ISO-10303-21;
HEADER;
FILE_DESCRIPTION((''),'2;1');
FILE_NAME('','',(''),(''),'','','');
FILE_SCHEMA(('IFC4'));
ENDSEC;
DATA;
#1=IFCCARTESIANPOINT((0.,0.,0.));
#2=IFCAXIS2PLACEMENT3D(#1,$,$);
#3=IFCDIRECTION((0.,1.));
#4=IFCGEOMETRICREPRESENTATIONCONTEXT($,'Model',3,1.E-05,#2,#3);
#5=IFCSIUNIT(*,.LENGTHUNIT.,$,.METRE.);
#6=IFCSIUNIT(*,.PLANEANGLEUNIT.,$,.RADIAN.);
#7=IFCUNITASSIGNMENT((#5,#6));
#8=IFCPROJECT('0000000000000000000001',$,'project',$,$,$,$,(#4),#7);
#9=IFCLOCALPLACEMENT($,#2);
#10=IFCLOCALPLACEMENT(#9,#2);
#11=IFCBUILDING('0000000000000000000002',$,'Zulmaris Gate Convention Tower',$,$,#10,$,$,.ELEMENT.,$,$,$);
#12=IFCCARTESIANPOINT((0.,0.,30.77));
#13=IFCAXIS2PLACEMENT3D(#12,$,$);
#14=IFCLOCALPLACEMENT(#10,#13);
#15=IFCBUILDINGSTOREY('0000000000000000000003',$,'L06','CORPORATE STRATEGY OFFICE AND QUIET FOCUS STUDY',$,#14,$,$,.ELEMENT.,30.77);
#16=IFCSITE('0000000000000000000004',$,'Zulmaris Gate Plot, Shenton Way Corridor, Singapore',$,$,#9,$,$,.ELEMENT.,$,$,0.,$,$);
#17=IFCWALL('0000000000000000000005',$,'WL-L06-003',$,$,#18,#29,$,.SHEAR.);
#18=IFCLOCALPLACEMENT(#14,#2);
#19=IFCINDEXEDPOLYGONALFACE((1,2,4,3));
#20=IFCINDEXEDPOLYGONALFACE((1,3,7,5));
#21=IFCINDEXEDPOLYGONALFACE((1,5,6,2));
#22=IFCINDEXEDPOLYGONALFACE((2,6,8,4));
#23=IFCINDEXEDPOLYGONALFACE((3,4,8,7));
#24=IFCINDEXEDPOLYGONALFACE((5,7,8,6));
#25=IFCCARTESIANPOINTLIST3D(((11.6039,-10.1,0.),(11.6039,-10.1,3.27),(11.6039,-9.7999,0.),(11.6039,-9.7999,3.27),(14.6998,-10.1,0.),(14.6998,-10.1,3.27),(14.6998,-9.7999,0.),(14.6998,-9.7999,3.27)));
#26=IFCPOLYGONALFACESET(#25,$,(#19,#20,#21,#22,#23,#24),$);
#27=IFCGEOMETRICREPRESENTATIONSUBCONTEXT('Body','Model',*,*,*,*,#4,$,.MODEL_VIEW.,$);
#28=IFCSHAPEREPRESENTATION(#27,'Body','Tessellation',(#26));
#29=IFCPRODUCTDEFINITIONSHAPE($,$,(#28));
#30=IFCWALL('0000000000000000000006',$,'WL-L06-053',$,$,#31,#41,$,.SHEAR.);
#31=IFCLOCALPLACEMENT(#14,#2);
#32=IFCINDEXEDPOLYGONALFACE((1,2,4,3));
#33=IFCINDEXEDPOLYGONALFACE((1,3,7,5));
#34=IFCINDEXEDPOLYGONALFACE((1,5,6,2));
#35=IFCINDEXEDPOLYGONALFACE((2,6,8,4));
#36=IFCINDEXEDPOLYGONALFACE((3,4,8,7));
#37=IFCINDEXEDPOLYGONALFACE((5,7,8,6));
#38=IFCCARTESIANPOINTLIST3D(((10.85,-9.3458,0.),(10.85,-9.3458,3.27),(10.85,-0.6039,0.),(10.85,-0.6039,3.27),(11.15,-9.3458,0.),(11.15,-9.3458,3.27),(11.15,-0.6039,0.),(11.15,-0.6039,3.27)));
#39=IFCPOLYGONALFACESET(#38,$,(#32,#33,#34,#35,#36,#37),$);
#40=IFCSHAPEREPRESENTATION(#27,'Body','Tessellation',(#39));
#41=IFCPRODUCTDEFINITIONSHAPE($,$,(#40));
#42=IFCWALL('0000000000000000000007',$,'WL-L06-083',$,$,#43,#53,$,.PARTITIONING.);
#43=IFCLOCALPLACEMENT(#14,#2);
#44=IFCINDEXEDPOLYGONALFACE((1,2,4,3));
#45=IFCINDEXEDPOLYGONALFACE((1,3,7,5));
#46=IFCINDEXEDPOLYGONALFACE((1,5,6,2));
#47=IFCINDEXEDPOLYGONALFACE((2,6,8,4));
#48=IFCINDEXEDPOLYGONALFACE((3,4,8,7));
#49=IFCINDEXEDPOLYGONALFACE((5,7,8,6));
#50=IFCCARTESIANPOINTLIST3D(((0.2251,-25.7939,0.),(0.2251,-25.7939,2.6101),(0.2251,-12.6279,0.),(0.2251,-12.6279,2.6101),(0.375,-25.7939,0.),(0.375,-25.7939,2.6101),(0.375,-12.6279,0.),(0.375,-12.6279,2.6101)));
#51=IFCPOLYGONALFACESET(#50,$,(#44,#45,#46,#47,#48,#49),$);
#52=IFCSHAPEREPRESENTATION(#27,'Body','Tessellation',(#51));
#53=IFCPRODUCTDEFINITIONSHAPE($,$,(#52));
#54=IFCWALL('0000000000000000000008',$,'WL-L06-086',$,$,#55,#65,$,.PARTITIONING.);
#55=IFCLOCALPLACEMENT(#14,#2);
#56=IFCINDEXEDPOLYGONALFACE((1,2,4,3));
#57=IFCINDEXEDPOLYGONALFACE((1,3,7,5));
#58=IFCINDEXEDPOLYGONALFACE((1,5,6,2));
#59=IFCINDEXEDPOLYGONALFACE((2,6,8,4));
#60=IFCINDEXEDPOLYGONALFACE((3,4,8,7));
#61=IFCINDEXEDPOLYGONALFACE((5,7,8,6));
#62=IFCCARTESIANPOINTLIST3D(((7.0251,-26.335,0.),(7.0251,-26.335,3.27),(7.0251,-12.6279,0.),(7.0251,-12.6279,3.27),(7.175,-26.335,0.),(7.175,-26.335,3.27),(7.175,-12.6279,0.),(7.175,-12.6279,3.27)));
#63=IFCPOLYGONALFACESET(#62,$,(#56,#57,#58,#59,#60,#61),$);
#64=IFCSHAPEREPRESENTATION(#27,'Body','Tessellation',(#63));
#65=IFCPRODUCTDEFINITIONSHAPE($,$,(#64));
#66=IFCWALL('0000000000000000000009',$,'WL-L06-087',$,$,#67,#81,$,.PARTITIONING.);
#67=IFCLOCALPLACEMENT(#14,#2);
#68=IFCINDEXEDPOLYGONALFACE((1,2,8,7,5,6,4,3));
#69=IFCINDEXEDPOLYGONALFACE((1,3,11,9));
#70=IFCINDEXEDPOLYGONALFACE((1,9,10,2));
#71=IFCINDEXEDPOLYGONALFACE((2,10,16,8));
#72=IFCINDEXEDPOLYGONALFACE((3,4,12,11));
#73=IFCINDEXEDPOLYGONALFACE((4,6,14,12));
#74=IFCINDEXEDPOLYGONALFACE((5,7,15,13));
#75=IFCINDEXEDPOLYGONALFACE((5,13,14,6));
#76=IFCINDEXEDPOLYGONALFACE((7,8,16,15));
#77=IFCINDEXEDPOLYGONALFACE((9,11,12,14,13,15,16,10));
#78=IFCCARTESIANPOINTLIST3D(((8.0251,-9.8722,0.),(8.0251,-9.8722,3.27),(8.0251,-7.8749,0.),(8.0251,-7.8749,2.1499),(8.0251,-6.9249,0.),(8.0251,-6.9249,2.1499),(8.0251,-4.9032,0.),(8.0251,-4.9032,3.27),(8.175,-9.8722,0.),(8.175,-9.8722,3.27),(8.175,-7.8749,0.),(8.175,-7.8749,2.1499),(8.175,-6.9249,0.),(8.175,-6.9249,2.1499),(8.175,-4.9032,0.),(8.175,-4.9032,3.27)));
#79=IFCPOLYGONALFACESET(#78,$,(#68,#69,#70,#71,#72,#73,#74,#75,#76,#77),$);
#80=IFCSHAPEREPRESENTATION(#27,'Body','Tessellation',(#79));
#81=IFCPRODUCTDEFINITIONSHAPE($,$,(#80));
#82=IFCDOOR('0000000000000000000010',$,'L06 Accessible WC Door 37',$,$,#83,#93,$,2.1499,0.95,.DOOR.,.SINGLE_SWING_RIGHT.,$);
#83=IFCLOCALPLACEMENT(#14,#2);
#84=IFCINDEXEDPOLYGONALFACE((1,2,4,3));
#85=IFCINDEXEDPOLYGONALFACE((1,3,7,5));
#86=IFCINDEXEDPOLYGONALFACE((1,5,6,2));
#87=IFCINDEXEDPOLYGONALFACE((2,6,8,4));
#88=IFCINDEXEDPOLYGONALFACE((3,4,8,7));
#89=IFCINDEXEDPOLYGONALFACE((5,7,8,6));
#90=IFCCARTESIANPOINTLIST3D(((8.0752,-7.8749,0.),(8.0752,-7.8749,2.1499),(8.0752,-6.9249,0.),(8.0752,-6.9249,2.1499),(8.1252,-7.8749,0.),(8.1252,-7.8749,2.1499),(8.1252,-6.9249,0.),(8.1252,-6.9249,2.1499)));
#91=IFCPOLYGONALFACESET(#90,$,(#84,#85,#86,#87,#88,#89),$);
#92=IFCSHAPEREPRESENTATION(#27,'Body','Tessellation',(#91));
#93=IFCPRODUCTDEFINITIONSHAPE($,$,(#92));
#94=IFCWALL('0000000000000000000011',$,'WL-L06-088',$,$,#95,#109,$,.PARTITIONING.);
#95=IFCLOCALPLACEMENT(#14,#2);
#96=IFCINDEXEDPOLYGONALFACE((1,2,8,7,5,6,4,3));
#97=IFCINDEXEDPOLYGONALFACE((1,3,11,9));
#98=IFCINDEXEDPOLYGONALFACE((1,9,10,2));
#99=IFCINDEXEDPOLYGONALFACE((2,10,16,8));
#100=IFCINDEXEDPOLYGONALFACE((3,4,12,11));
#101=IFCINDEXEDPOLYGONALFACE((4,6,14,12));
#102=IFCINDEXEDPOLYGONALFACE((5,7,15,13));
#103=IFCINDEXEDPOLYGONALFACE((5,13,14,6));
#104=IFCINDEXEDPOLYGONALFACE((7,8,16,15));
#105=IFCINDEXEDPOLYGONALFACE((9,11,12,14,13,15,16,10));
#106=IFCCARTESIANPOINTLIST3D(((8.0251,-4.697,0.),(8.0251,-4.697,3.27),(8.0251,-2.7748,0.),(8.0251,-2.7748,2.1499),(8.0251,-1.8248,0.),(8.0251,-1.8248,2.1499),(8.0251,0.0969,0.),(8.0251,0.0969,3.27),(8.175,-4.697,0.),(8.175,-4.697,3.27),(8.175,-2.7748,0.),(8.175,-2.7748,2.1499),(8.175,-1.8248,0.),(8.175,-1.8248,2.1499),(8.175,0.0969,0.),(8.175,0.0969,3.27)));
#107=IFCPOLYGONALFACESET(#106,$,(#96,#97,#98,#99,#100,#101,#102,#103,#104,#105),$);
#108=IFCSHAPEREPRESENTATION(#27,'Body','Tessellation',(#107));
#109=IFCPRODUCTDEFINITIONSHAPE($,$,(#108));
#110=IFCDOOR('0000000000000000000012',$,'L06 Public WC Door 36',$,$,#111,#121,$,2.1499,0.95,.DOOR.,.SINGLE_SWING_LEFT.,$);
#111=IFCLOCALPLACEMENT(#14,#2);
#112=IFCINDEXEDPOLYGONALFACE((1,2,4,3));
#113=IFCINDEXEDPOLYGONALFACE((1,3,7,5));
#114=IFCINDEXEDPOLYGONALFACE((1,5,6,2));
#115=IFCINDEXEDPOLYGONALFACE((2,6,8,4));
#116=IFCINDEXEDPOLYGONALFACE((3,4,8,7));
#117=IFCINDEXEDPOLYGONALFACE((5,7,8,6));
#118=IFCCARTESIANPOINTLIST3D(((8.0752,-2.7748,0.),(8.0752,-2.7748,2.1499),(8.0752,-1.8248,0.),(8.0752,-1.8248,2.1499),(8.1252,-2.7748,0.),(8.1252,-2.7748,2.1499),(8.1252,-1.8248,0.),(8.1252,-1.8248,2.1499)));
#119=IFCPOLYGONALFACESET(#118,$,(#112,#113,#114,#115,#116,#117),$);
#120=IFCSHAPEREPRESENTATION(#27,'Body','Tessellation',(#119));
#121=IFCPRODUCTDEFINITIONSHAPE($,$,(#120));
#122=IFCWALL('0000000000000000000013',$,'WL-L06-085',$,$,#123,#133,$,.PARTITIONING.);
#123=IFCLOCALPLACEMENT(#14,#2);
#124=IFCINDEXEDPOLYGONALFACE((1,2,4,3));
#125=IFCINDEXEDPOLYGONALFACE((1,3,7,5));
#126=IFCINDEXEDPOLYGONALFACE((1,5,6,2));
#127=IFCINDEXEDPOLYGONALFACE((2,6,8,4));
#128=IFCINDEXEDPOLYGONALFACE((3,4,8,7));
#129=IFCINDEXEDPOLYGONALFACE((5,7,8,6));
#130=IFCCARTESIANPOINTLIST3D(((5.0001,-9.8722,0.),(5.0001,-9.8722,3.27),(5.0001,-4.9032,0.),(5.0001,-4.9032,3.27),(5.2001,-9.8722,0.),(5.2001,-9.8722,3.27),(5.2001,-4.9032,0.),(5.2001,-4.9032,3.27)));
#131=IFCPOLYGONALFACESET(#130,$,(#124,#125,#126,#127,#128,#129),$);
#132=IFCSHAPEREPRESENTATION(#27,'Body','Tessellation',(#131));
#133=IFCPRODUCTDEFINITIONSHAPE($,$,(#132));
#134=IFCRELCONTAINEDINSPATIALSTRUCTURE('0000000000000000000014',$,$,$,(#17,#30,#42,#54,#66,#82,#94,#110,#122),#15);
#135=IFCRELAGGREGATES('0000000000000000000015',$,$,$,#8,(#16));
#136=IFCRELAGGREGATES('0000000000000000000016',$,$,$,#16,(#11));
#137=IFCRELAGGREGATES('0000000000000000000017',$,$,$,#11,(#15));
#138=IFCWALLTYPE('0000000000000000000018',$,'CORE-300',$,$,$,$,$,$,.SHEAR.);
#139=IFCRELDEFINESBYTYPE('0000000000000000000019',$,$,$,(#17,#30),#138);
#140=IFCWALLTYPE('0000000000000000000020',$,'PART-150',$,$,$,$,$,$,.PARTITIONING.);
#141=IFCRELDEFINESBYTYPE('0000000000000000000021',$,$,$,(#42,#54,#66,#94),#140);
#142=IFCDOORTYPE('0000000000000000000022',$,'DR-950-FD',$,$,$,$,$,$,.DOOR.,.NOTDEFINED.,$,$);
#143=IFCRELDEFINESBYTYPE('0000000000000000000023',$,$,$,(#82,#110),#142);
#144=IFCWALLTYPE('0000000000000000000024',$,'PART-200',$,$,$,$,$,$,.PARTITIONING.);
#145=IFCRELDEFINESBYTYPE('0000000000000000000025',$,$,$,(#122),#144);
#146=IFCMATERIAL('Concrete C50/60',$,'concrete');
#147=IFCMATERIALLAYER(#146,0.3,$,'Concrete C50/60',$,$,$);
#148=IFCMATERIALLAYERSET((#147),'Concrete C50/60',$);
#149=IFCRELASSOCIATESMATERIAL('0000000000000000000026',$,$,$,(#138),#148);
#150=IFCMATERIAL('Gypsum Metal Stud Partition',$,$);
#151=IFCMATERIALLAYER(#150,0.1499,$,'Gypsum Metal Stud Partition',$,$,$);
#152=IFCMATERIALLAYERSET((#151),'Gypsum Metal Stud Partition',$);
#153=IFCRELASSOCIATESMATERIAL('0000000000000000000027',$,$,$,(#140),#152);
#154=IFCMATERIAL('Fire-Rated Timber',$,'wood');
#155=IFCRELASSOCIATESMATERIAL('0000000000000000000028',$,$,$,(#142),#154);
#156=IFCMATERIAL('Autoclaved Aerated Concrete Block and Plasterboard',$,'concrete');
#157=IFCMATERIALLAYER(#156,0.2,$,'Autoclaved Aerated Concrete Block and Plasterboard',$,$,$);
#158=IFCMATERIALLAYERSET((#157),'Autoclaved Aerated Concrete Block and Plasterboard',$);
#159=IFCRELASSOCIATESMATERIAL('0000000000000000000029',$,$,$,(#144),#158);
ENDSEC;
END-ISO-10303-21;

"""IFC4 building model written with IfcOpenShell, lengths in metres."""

from ifc_helpers import new_model, si_unit, direction, frame, frame_2d, origin, place, context, subcontext, project, spatial, rectangle, extrude, material, layer, layer_set, type_object, element, fill, save


model = new_model("IFC4")

# Units and contexts
model_context = context("Model", 3, precision=1e-05, world=origin(), true_north=direction((0.0, 1.0)))
body_context = subcontext(model_context, "Body", "Model", "MODEL_VIEW")
ifc_project = project(units=[si_unit("LENGTHUNIT", "METRE"), si_unit("PLANEANGLEUNIT", "RADIAN")], contexts=[model_context])

# Site, building, storey
site_placement = place(None, origin())
site = spatial("IfcSite", under=ifc_project, at=site_placement, Name="Zulmaris Gate Plot, Shenton Way Corridor, Singapore", CompositionType="ELEMENT", RefElevation=0.0)
building_placement = place(site_placement, origin())
building = spatial("IfcBuilding", under=site, at=building_placement, Name="Zulmaris Gate Convention Tower", CompositionType="ELEMENT")
storey_placement = place(building_placement, frame((0.0, 0.0, 30.77)))
storey = spatial("IfcBuildingStorey", under=building, at=storey_placement, Name="L06", Description="CORPORATE STRATEGY OFFICE AND QUIET FOCUS STUDY", CompositionType="ELEMENT", Elevation=30.77)

# Walls
ifc_material_1 = material(Name="Concrete C50/60", Category="concrete")
ifc_layer_1 = layer(ifc_material_1, 0.3, Name="Concrete C50/60")
ifc_layer_set_1 = layer_set([ifc_layer_1], Name="Concrete C50/60")
wall_type_1 = type_object("IfcWallType", Name="CORE-300", PredefinedType="SHEAR", material=ifc_layer_set_1)
wall_1_placement = place(storey_placement, frame((11.604, -9.95, 0.0), z_axis=(0.0, 0.0, 1.0), x_axis=(1.0, 0.0, 0.0)))
element("IfcWall", 1, at=wall_1_placement, inside=storey, type_object=wall_type_1, Name="WL-L06-003", PredefinedType="SHEAR", context=body_context, shape_type="SweptSolid", body=[
    extrude(rectangle(XDim=3.0959, YDim=0.3, at=frame_2d((1.5479, 0.0))), origin(), (0.0, 0.0, 1.0), 3.27),
])
wall_2_placement = place(storey_placement, frame((11.0, -9.3459, 0.0), z_axis=(0.0, 0.0, 1.0), x_axis=(0.0, 1.0, 0.0)))
element("IfcWall", 2, at=wall_2_placement, inside=storey, type_object=wall_type_1, Name="WL-L06-053", PredefinedType="SHEAR", context=body_context, shape_type="SweptSolid", body=[
    extrude(rectangle(XDim=8.7419, YDim=0.3, at=frame_2d((4.3711, 0.0))), origin(), (0.0, 0.0, 1.0), 3.27),
])
ifc_material_2 = material(Name="Gypsum Metal Stud Partition")
ifc_layer_2 = layer(ifc_material_2, 0.1499, Name="Gypsum Metal Stud Partition")
ifc_layer_set_2 = layer_set([ifc_layer_2], Name="Gypsum Metal Stud Partition")
wall_type_2 = type_object("IfcWallType", Name="PART-150", PredefinedType="PARTITIONING", material=ifc_layer_set_2)
wall_3_placement = place(storey_placement, frame((0.3, -25.7939, 0.0), z_axis=(0.0, 0.0, 1.0), x_axis=(0.0, 1.0, 0.0)))
element("IfcWall", 3, at=wall_3_placement, inside=storey, type_object=wall_type_2, Name="WL-L06-083", PredefinedType="PARTITIONING", context=body_context, shape_type="SweptSolid", body=[
    extrude(rectangle(XDim=13.166, YDim=0.1499, at=frame_2d((6.583, 0.0))), origin(), (0.0, 0.0, 1.0), 2.6101),
])
wall_4_placement = place(storey_placement, frame((7.1001, -26.335, 0.0), z_axis=(0.0, 0.0, 1.0), x_axis=(0.0, 1.0, 0.0)))
element("IfcWall", 4, at=wall_4_placement, inside=storey, type_object=wall_type_2, Name="WL-L06-086", PredefinedType="PARTITIONING", context=body_context, shape_type="SweptSolid", body=[
    extrude(rectangle(XDim=13.707, YDim=0.1499, at=frame_2d((6.8535, 0.0))), origin(), (0.0, 0.0, 1.0), 3.27),
])

# Walls, openings, doors
wall_5_placement = place(storey_placement, frame((8.1001, -9.8721, 0.0), z_axis=(0.0, 0.0, 1.0), x_axis=(0.0, 1.0, 0.0)))
wall_5 = element("IfcWall", 5, at=wall_5_placement, inside=storey, type_object=wall_type_2, Name="WL-L06-087", PredefinedType="PARTITIONING", context=body_context, shape_type="SweptSolid", body=[
    extrude(rectangle(XDim=4.969, YDim=0.1499, at=frame_2d((2.4844, 0.0))), origin(), (0.0, 0.0, 1.0), 3.27),
])
opening_1_placement = place(wall_5_placement, frame((1.9971, 0.0, 0.0)))
opening_1 = element("IfcOpeningElement", 6, at=opening_1_placement, cuts=wall_5, PredefinedType="OPENING", context=body_context, shape_type="SweptSolid", body=[
    extrude(rectangle(XDim=0.95, YDim=2.1499, at=frame_2d((0.4751, 1.075))), frame((0.0, 0.085, 0.0), z_axis=(0.0, -1.0, 0.0), x_axis=(1.0, 0.0, 0.0)), (0.0, 0.0, 1.0), 0.1699),
])
ifc_material_3 = material(Name="Fire-Rated Timber", Category="wood")
door_type = type_object("IfcDoorType", Name="DR-950-FD", OperationType="NOTDEFINED", PredefinedType="DOOR", material=ifc_material_3)
door_1_placement = place(opening_1_placement, origin())
door_1 = element("IfcDoor", 7, at=door_1_placement, inside=storey, type_object=door_type, Name="L06 Accessible WC Door 37", OperationType="SINGLE_SWING_RIGHT", OverallHeight=2.1499, OverallWidth=0.95, PredefinedType="DOOR", context=body_context, shape_type="SweptSolid", body=[
    extrude(rectangle(XDim=0.95, YDim=2.1499, at=frame_2d((0.4751, 1.075))), frame((0.0, 0.0249, 0.0), z_axis=(0.0, -1.0, 0.0), x_axis=(1.0, 0.0, 0.0)), (0.0, 0.0, 1.0), 0.05),
])
fill(opening_1, door_1)
wall_6_placement = place(storey_placement, frame((8.1001, -4.697, 0.0), z_axis=(0.0, 0.0, 1.0), x_axis=(0.0, 1.0, 0.0)))
wall_6 = element("IfcWall", 8, at=wall_6_placement, inside=storey, type_object=wall_type_2, Name="WL-L06-088", PredefinedType="PARTITIONING", context=body_context, shape_type="SweptSolid", body=[
    extrude(rectangle(XDim=4.7939, YDim=0.1499, at=frame_2d((2.397, 0.0))), origin(), (0.0, 0.0, 1.0), 3.27),
])
opening_2_placement = place(wall_6_placement, frame((1.9221, 0.0, 0.0)))
opening_2 = element("IfcOpeningElement", 9, at=opening_2_placement, cuts=wall_6, PredefinedType="OPENING", context=body_context, shape_type="SweptSolid", body=[
    extrude(rectangle(XDim=0.95, YDim=2.1499, at=frame_2d((0.4751, 1.075))), frame((0.0, 0.085, 0.0), z_axis=(0.0, -1.0, 0.0), x_axis=(1.0, 0.0, 0.0)), (0.0, 0.0, 1.0), 0.1699),
])
door_2_placement = place(opening_2_placement, origin())
door_2 = element("IfcDoor", 10, at=door_2_placement, inside=storey, type_object=door_type, Name="L06 Public WC Door 36", OperationType="SINGLE_SWING_LEFT", OverallHeight=2.1499, OverallWidth=0.95, PredefinedType="DOOR", context=body_context, shape_type="SweptSolid", body=[
    extrude(rectangle(XDim=0.95, YDim=2.1499, at=frame_2d((0.4751, 1.075))), frame((0.0, 0.0249, 0.0), z_axis=(0.0, -1.0, 0.0), x_axis=(1.0, 0.0, 0.0)), (0.0, 0.0, 1.0), 0.05),
])
fill(opening_2, door_2)

# Wall
ifc_material_4 = material(Name="Autoclaved Aerated Concrete Block and Plasterboard", Category="concrete")
ifc_layer_3 = layer(ifc_material_4, 0.2, Name="Autoclaved Aerated Concrete Block and Plasterboard")
ifc_layer_set_3 = layer_set([ifc_layer_3], Name="Autoclaved Aerated Concrete Block and Plasterboard")
wall_type_3 = type_object("IfcWallType", Name="PART-200", PredefinedType="PARTITIONING", material=ifc_layer_set_3)
wall_7_placement = place(storey_placement, frame((5.1001, -9.8721, 0.0), z_axis=(0.0, 0.0, 1.0), x_axis=(0.0, 1.0, 0.0)))
element("IfcWall", 11, at=wall_7_placement, inside=storey, type_object=wall_type_3, Name="WL-L06-085", PredefinedType="PARTITIONING", context=body_context, shape_type="SweptSolid", body=[
    extrude(rectangle(XDim=4.969, YDim=0.2, at=frame_2d((2.4844, 0.0))), origin(), (0.0, 0.0, 1.0), 3.27),
])

save(model, "model.ifc")
